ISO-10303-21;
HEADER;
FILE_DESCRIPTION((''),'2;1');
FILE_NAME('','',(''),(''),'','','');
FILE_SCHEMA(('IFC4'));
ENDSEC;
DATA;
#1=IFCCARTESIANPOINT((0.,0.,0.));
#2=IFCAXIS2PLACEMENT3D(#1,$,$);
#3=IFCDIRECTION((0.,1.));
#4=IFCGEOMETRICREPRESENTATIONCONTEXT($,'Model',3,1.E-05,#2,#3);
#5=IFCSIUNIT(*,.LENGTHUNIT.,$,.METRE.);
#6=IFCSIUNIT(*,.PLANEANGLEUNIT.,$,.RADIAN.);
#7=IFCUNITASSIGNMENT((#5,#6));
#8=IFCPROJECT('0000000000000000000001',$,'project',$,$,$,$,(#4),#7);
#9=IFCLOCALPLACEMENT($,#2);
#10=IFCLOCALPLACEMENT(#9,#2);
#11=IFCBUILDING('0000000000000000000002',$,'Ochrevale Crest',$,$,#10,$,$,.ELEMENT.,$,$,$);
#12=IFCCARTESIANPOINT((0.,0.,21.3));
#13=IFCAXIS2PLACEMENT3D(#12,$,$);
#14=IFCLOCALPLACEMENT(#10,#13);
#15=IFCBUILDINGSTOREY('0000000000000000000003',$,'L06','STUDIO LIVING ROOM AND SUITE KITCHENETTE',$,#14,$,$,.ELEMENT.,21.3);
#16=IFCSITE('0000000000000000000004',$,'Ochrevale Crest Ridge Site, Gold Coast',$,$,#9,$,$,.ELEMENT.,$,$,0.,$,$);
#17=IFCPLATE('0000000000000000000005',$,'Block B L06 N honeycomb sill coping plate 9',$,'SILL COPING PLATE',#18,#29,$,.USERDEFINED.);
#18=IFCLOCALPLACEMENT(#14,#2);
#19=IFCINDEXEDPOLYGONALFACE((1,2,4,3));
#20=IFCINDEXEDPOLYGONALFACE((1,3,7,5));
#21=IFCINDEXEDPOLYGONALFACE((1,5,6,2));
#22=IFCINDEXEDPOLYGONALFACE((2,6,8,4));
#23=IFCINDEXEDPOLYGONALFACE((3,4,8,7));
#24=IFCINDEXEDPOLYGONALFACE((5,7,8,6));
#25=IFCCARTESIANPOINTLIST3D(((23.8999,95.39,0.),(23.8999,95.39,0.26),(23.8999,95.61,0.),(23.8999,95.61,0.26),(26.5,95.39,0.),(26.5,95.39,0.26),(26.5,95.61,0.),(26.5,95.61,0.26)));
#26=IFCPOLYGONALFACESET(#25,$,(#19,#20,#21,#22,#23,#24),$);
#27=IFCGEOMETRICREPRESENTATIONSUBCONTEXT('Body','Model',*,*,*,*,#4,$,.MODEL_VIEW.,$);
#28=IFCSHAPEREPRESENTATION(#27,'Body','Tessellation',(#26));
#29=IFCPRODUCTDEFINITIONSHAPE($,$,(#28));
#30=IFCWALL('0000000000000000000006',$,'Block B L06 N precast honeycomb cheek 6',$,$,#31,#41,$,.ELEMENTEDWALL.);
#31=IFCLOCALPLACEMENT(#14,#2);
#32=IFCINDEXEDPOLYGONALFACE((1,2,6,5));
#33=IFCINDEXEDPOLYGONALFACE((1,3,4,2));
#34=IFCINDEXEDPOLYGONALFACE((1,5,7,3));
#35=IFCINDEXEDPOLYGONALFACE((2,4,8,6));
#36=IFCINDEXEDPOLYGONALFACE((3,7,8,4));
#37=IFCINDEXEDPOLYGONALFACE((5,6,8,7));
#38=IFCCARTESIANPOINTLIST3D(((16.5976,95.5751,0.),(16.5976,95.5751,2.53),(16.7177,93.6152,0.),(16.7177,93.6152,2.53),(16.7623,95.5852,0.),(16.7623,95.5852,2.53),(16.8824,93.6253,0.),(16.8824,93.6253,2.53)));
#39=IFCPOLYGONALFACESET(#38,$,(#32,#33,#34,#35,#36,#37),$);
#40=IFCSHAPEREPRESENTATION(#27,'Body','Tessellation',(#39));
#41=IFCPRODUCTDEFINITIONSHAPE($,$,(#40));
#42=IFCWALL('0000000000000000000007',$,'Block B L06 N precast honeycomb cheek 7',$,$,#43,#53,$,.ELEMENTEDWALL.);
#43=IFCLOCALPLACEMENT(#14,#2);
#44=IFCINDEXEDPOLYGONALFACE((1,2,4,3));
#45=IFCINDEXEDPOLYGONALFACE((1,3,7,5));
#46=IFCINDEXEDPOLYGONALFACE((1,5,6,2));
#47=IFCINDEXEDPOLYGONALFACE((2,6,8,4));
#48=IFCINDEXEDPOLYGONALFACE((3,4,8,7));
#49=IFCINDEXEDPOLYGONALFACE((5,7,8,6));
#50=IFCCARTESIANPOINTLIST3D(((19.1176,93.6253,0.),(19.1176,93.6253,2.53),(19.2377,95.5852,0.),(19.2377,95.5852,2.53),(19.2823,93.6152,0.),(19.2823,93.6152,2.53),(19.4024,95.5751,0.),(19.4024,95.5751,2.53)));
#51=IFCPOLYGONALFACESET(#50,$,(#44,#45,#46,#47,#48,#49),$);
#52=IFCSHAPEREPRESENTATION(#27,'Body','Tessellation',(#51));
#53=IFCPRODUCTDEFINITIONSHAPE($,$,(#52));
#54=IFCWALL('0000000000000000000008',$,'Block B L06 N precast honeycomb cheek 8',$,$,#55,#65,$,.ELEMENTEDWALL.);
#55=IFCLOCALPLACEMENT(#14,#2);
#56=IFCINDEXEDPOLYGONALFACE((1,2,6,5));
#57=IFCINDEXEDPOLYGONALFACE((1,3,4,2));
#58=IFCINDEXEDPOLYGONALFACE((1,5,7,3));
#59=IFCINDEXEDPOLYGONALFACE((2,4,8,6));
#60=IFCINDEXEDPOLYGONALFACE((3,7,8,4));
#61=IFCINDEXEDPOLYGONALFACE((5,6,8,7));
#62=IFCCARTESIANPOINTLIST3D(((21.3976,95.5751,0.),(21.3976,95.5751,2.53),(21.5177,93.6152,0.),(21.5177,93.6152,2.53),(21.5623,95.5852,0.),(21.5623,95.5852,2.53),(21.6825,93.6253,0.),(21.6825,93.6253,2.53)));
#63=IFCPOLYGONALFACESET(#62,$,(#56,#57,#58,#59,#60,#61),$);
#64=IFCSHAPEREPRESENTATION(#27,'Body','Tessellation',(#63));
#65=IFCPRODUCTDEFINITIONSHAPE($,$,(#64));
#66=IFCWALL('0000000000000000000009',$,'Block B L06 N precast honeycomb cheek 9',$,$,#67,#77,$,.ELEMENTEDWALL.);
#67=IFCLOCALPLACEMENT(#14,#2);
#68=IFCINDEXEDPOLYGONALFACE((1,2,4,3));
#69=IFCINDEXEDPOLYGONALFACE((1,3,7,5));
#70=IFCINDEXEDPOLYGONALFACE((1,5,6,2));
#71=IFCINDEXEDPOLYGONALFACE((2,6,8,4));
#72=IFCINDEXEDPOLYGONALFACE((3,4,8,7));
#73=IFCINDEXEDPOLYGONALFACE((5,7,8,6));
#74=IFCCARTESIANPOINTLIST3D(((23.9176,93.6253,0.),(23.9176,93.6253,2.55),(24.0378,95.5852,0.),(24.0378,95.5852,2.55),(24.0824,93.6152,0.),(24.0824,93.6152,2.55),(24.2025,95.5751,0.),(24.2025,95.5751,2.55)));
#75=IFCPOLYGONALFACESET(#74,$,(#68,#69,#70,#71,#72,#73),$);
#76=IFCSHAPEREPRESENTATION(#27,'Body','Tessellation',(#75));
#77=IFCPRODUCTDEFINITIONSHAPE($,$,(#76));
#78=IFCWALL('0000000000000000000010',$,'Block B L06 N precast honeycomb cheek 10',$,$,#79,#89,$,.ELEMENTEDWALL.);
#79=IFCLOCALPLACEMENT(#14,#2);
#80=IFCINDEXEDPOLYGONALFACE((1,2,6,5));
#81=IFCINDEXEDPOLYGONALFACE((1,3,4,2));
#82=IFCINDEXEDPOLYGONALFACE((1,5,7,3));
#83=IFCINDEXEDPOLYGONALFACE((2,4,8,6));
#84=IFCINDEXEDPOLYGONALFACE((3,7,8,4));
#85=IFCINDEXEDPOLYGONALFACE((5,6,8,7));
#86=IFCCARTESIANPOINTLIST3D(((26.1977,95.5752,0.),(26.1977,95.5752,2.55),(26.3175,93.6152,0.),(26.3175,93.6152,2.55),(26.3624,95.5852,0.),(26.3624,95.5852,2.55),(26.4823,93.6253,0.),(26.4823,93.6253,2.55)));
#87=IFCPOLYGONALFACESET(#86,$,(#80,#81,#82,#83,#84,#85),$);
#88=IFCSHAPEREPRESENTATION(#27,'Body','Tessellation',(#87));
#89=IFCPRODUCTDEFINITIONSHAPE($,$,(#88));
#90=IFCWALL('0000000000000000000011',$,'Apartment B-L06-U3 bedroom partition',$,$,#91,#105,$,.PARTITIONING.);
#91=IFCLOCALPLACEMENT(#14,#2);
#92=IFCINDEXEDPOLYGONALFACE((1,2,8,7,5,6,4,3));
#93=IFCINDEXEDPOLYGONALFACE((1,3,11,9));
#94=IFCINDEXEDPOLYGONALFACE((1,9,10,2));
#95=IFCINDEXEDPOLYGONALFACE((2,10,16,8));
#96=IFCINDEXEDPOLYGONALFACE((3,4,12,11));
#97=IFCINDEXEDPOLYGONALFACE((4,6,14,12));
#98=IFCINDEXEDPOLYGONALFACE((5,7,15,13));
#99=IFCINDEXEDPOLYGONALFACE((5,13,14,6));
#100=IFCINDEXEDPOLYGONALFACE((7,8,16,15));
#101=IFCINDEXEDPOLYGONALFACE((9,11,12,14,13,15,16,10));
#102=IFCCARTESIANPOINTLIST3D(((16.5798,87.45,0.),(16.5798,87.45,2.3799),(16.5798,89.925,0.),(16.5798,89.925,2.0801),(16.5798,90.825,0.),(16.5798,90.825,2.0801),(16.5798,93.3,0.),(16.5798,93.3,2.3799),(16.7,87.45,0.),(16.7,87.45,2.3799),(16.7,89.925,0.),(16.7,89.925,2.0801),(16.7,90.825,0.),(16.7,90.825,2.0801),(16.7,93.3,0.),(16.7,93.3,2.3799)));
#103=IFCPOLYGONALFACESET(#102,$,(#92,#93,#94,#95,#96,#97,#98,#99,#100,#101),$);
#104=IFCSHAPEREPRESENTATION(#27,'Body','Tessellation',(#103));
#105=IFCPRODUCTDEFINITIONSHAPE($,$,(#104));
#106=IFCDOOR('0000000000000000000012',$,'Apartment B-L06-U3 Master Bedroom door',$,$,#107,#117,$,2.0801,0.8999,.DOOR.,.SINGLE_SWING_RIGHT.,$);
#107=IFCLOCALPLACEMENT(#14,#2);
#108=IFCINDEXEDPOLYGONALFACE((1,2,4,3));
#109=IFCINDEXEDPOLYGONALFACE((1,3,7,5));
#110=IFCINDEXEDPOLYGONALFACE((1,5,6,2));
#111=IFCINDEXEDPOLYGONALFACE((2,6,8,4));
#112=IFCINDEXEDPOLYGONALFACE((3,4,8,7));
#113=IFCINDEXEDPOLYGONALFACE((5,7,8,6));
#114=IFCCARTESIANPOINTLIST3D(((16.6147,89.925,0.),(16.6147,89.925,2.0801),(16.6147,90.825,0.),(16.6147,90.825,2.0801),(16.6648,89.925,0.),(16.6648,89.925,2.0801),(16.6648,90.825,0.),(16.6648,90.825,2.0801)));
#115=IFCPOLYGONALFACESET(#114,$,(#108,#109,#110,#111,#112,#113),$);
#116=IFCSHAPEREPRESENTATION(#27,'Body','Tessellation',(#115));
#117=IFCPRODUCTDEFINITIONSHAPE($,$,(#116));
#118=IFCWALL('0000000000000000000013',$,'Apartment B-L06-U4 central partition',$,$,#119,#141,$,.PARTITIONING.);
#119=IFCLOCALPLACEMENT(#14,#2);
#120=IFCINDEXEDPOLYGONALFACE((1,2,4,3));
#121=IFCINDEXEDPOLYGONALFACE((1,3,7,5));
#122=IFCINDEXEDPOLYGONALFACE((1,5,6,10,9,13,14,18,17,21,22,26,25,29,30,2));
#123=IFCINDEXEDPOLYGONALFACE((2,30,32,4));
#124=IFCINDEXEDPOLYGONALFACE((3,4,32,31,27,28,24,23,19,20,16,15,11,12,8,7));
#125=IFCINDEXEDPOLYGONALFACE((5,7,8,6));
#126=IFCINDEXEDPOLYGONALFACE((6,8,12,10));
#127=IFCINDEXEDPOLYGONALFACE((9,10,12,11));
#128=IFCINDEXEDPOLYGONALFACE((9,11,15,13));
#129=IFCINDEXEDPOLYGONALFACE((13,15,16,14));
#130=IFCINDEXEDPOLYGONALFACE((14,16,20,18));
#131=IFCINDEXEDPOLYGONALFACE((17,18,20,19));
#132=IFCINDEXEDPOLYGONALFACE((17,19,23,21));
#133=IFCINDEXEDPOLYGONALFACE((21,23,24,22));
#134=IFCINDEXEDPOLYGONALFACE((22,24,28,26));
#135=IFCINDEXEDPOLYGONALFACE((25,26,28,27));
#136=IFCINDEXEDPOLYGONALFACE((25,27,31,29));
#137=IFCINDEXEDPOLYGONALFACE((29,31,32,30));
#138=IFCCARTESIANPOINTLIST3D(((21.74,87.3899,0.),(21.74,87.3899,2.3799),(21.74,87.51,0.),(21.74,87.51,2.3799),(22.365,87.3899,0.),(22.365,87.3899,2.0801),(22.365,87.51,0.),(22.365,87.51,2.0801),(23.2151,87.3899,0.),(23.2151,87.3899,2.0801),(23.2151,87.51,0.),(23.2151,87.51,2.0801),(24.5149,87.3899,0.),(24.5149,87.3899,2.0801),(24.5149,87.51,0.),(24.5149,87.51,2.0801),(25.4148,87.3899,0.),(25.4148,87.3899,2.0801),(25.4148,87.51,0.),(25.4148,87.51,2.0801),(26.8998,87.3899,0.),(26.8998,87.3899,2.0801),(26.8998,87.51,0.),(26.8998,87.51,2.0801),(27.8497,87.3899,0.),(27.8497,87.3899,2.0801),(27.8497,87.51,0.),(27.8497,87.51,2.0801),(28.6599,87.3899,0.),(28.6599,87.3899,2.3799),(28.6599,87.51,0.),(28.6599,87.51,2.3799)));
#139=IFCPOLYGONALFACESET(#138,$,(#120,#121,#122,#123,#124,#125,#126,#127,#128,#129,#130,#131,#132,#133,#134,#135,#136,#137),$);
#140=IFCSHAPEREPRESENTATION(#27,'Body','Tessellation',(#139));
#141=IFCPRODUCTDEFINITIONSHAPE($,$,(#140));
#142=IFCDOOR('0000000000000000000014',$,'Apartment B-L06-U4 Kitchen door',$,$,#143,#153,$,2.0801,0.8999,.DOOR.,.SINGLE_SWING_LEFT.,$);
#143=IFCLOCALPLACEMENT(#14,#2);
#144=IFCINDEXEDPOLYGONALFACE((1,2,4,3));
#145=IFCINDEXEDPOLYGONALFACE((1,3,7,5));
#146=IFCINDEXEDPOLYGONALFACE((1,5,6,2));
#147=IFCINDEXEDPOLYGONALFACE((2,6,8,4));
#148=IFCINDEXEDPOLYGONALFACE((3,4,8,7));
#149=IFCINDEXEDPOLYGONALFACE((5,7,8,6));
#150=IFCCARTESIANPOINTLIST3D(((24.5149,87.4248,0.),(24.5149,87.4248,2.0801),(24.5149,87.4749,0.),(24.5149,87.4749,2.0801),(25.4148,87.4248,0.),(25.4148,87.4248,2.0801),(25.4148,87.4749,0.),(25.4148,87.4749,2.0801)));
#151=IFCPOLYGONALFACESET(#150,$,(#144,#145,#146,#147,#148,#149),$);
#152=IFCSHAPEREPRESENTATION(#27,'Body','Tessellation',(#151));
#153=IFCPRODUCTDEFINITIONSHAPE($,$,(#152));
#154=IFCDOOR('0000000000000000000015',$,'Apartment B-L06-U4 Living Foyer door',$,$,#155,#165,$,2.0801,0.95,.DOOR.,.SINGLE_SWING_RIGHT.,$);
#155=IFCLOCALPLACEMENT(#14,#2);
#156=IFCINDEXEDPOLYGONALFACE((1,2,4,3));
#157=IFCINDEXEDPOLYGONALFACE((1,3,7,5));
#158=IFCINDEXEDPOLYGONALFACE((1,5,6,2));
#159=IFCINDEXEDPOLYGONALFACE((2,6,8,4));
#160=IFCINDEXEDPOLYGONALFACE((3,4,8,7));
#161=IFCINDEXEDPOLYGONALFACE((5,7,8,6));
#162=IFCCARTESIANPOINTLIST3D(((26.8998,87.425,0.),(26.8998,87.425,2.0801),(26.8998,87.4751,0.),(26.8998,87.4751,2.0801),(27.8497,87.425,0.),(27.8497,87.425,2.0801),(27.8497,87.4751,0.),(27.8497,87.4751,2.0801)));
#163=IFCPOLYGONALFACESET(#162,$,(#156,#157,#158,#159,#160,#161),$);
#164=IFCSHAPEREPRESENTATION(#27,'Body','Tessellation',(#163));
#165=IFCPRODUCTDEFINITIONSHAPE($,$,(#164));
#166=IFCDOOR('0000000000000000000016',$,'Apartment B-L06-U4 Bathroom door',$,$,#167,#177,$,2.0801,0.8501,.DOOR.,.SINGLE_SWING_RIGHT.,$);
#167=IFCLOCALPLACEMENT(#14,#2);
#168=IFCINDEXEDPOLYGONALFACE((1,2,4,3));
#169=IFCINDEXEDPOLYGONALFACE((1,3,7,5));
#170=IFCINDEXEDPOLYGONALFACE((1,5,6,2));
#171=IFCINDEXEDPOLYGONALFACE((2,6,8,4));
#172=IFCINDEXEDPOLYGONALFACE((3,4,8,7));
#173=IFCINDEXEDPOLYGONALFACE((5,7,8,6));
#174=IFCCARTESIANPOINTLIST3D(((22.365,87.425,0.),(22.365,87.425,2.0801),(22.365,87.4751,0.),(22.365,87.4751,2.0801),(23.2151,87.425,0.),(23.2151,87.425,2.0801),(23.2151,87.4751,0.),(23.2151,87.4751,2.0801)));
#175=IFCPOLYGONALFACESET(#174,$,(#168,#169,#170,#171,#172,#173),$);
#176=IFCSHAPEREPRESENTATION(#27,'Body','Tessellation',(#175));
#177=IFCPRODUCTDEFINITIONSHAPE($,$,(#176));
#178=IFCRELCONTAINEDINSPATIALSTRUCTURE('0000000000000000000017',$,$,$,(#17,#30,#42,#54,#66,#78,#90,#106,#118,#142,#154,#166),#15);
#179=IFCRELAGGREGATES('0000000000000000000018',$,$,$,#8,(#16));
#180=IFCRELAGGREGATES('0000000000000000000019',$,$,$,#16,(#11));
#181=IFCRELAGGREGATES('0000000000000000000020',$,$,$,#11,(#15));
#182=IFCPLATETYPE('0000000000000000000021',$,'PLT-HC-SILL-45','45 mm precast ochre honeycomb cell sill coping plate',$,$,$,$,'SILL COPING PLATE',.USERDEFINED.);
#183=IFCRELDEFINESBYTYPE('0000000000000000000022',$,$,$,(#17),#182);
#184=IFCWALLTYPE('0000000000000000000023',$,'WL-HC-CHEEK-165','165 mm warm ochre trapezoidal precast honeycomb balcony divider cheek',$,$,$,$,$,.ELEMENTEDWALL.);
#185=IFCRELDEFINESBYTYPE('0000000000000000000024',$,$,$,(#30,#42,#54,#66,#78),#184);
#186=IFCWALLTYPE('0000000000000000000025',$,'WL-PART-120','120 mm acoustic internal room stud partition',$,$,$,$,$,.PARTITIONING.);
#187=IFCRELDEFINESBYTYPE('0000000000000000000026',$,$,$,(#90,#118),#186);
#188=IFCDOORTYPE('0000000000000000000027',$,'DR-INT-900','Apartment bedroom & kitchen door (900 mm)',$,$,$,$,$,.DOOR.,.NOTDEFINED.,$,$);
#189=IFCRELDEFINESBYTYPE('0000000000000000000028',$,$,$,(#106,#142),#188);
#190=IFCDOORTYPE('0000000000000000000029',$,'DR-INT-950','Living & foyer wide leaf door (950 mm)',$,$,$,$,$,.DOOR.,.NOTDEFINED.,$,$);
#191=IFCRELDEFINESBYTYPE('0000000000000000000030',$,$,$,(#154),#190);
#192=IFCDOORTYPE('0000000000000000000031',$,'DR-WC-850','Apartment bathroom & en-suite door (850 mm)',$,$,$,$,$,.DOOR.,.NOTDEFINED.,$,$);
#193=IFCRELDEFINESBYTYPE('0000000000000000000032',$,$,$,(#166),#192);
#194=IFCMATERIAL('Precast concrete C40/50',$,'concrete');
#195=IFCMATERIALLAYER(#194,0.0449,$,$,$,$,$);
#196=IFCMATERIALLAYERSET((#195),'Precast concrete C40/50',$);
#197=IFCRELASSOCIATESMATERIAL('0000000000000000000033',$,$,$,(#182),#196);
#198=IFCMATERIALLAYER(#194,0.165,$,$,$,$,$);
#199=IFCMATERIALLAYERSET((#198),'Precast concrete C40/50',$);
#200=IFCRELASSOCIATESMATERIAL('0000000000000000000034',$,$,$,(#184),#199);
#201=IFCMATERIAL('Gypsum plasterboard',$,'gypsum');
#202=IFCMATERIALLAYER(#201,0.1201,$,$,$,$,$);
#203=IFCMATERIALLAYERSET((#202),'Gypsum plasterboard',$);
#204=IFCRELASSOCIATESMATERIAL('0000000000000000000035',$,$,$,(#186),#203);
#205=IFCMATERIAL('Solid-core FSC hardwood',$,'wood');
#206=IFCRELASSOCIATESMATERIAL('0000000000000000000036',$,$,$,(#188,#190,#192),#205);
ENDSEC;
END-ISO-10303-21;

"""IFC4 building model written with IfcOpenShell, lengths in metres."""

from ifc_helpers import new_model, si_unit, direction, frame, frame_2d, origin, origin_2d, place, context, subcontext, project, spatial, rectangle, extrude, material, layer, layer_set, type_object, element, fill, save


model = new_model("IFC4")

# Units and contexts
model_context = context("Model", 3, precision=1e-05, world=origin(), true_north=direction((0.0, 1.0)))
body_context = subcontext(model_context, "Body", "Model", "MODEL_VIEW")
ifc_project = project(units=[si_unit("LENGTHUNIT", "METRE"), si_unit("PLANEANGLEUNIT", "RADIAN")], contexts=[model_context])

# Site, building, storey
site_placement = place(None, origin())
site = spatial("IfcSite", under=ifc_project, at=site_placement, Name="Ochrevale Crest Ridge Site, Gold Coast", CompositionType="ELEMENT", RefElevation=0.0)
building_placement = place(site_placement, origin())
building = spatial("IfcBuilding", under=site, at=building_placement, Name="Ochrevale Crest", CompositionType="ELEMENT")
storey_placement = place(building_placement, frame((0.0, 0.0, 21.3)))
storey = spatial("IfcBuildingStorey", under=building, at=storey_placement, Name="L06", Description="STUDIO LIVING ROOM AND SUITE KITCHENETTE", CompositionType="ELEMENT", Elevation=21.3)

# Shared definitions
ifc_material_1 = material(Name="Precast concrete C40/50", Category="concrete")

# Plate
ifc_layer_1 = layer(ifc_material_1, 0.0449)
ifc_layer_set_1 = layer_set([ifc_layer_1], Name="Precast concrete C40/50")
plate_type_1 = type_object("IfcPlateType", Name="PLT-HC-SILL-45", Description="45 mm precast ochre honeycomb cell sill coping plate", ElementType="SILL COPING PLATE", PredefinedType="USERDEFINED", material=ifc_layer_set_1)
for number, where, z_axis, x_axis, name in (
    (1, (25.2, 95.5, 0.0), (0.0, 0.0, 1.0), (1.0, 0.0, 0.0), "Block B L06 N honeycomb sill coping plate 9"),
):
    element("IfcPlate", number, at=place(storey_placement, frame(where, z_axis=z_axis, x_axis=x_axis)), inside=storey, type_object=plate_type_1, Name=name, ObjectType="SILL COPING PLATE", PredefinedType="USERDEFINED", context=body_context, shape_type="SweptSolid", body=[
        extrude(rectangle(XDim=2.6001, YDim=0.22, at=origin_2d()), origin(), (0.0, 0.0, 1.0), 0.26),
    ])

# Walls
ifc_layer_2 = layer(ifc_material_1, 0.165)
ifc_layer_set_2 = layer_set([ifc_layer_2], Name="Precast concrete C40/50")
wall_type_1 = type_object("IfcWallType", Name="WL-HC-CHEEK-165", Description="165 mm warm ochre trapezoidal precast honeycomb balcony divider cheek", PredefinedType="ELEMENTEDWALL", material=ifc_layer_set_2)
for number, where, z_axis, x_axis, name in (
    (2, (16.8, 93.6201, 0.0), (0.0, 0.0, 1.0), (-0.061171, 0.998127, 0.0), "Block B L06 N precast honeycomb cheek 6"),
    (3, (19.2, 93.6201, 0.0), (0.0, 0.0, 1.0), (0.061171, 0.998127, 0.0), "Block B L06 N precast honeycomb cheek 7"),
    (4, (21.6001, 93.6201, 0.0), (0.0, 0.0, 1.0), (-0.061171, 0.998127, 0.0), "Block B L06 N precast honeycomb cheek 8"),
):
    element("IfcWall", number, at=place(storey_placement, frame(where, z_axis=z_axis, x_axis=x_axis)), inside=storey, type_object=wall_type_1, Name=name, PredefinedType="ELEMENTEDWALL", context=body_context, shape_type="SweptSolid", body=[
        extrude(rectangle(XDim=1.9636, YDim=0.165, at=frame_2d((0.9819, 0.0))), origin(), (0.0, 0.0, 1.0), 2.53),
    ])
for number, where, z_axis, x_axis, name in (
    (5, (24.0, 93.6201, 0.0), (0.0, 0.0, 1.0), (0.061171, 0.998127, 0.0), "Block B L06 N precast honeycomb cheek 9"),
    (6, (26.3999, 93.6201, 0.0), (0.0, 0.0, 1.0), (-0.061047, 0.998135, 0.0), "Block B L06 N precast honeycomb cheek 10"),
):
    element("IfcWall", number, at=place(storey_placement, frame(where, z_axis=z_axis, x_axis=x_axis)), inside=storey, type_object=wall_type_1, Name=name, PredefinedType="ELEMENTEDWALL", context=body_context, shape_type="SweptSolid", body=[
        extrude(rectangle(XDim=1.9636, YDim=0.165, at=frame_2d((0.9819, 0.0))), origin(), (0.0, 0.0, 1.0), 2.55),
    ])

# Wall, opening, door
ifc_material_2 = material(Name="Gypsum plasterboard", Category="gypsum")
ifc_layer_3 = layer(ifc_material_2, 0.1201)
ifc_layer_set_3 = layer_set([ifc_layer_3], Name="Gypsum plasterboard")
wall_type_2 = type_object("IfcWallType", Name="WL-PART-120", Description="120 mm acoustic internal room stud partition", PredefinedType="PARTITIONING", material=ifc_layer_set_3)
wall_1_placement = place(storey_placement, frame((16.6399, 87.45, 0.0), z_axis=(0.0, 0.0, 1.0), x_axis=(0.0, 1.0, 0.0)))
wall_1 = element("IfcWall", 7, at=wall_1_placement, inside=storey, type_object=wall_type_2, Name="Apartment B-L06-U3 bedroom partition", PredefinedType="PARTITIONING", context=body_context, shape_type="SweptSolid", body=[
    extrude(rectangle(XDim=5.8501, YDim=0.1201, at=frame_2d((2.925, 0.0))), origin(), (0.0, 0.0, 1.0), 2.3799),
])
opening_1_placement = place(wall_1_placement, frame((3.375, 0.0, 0.0), z_axis=(0.0, 0.0, 1.0), x_axis=(-1.0, 0.0, 0.0)))
opening_1 = element("IfcOpeningElement", 8, at=opening_1_placement, cuts=wall_1, PredefinedType="OPENING", context=body_context, shape_type="SweptSolid", body=[
    extrude(rectangle(XDim=0.8999, YDim=2.0801, at=frame_2d((0.45, 1.04))), frame((0.0, 0.0701, 0.0), z_axis=(0.0, -1.0, 0.0), x_axis=(1.0, 0.0, 0.0)), (0.0, 0.0, 1.0), 0.1401),
])
ifc_material_3 = material(Name="Solid-core FSC hardwood", Category="wood")
door_type_1 = type_object("IfcDoorType", Name="DR-INT-900", Description="Apartment bedroom & kitchen door (900 mm)", OperationType="NOTDEFINED", PredefinedType="DOOR", material=ifc_material_3)
door_1_placement = place(opening_1_placement, origin())
door_1 = element("IfcDoor", 9, at=door_1_placement, inside=storey, type_object=door_type_1, Name="Apartment B-L06-U3 Master Bedroom door", OperationType="SINGLE_SWING_RIGHT", OverallHeight=2.0801, OverallWidth=0.8999, PredefinedType="DOOR", context=body_context, shape_type="SweptSolid", body=[
    extrude(rectangle(XDim=0.8999, YDim=2.0801, at=frame_2d((0.45, 1.04))), frame((0.0, 0.0249, 0.0), z_axis=(0.0, -1.0, 0.0), x_axis=(1.0, 0.0, 0.0)), (0.0, 0.0, 1.0), 0.05),
])
fill(opening_1, door_1)

# Wall, openings, doors
wall_2_placement = place(storey_placement, frame((21.74, 87.45, 0.0), z_axis=(0.0, 0.0, 1.0), x_axis=(1.0, 0.0, 0.0)))
wall_2 = element("IfcWall", 10, at=wall_2_placement, inside=storey, type_object=wall_type_2, Name="Apartment B-L06-U4 central partition", PredefinedType="PARTITIONING", context=body_context, shape_type="SweptSolid", body=[
    extrude(rectangle(XDim=6.9199, YDim=0.1201, at=frame_2d((3.46, 0.0))), origin(), (0.0, 0.0, 1.0), 2.3799),
])
opening_2_placement = place(wall_2_placement, frame((1.4751, 0.0, 0.0), z_axis=(0.0, 0.0, 1.0), x_axis=(-1.0, 0.0, 0.0)))
opening_2 = element("IfcOpeningElement", 11, at=opening_2_placement, cuts=wall_2, PredefinedType="OPENING", context=body_context, shape_type="SweptSolid", body=[
    extrude(rectangle(XDim=0.8501, YDim=2.0801, at=frame_2d((0.425, 1.04))), frame((0.0, 0.0701, 0.0), z_axis=(0.0, -1.0, 0.0), x_axis=(1.0, 0.0, 0.0)), (0.0, 0.0, 1.0), 0.1401),
])
opening_3_placement = place(wall_2_placement, frame((2.7749, 0.0, 0.0)))
opening_3 = element("IfcOpeningElement", 12, at=opening_3_placement, cuts=wall_2, PredefinedType="OPENING", context=body_context, shape_type="SweptSolid", body=[
    extrude(rectangle(XDim=0.8999, YDim=2.0801, at=frame_2d((0.45, 1.04))), frame((0.0, 0.0701, 0.0), z_axis=(0.0, -1.0, 0.0), x_axis=(1.0, 0.0, 0.0)), (0.0, 0.0, 1.0), 0.1401),
])
opening_4_placement = place(wall_2_placement, frame((6.1099, 0.0, 0.0), z_axis=(0.0, 0.0, 1.0), x_axis=(-1.0, 0.0, 0.0)))
opening_4 = element("IfcOpeningElement", 13, at=opening_4_placement, cuts=wall_2, PredefinedType="OPENING", context=body_context, shape_type="SweptSolid", body=[
    extrude(rectangle(XDim=0.95, YDim=2.0801, at=frame_2d((0.4751, 1.04))), frame((0.0, 0.0701, 0.0), z_axis=(0.0, -1.0, 0.0), x_axis=(1.0, 0.0, 0.0)), (0.0, 0.0, 1.0), 0.1401),
])
door_2_placement = place(opening_3_placement, origin())
door_2 = element("IfcDoor", 14, at=door_2_placement, inside=storey, type_object=door_type_1, Name="Apartment B-L06-U4 Kitchen door", OperationType="SINGLE_SWING_LEFT", OverallHeight=2.0801, OverallWidth=0.8999, PredefinedType="DOOR", context=body_context, shape_type="SweptSolid", body=[
    extrude(rectangle(XDim=0.8999, YDim=2.0801, at=frame_2d((0.45, 1.04))), frame((0.0, 0.0249, 0.0), z_axis=(0.0, -1.0, 0.0), x_axis=(1.0, 0.0, 0.0)), (0.0, 0.0, 1.0), 0.05),
])
fill(opening_3, door_2)
door_type_2 = type_object("IfcDoorType", Name="DR-INT-950", Description="Living & foyer wide leaf door (950 mm)", OperationType="NOTDEFINED", PredefinedType="DOOR", material=ifc_material_3)
door_3_placement = place(opening_4_placement, origin())
door_3 = element("IfcDoor", 15, at=door_3_placement, inside=storey, type_object=door_type_2, Name="Apartment B-L06-U4 Living Foyer door", OperationType="SINGLE_SWING_RIGHT", OverallHeight=2.0801, OverallWidth=0.95, PredefinedType="DOOR", context=body_context, shape_type="SweptSolid", body=[
    extrude(rectangle(XDim=0.95, YDim=2.0801, at=frame_2d((0.4751, 1.04))), frame((0.0, 0.0249, 0.0), z_axis=(0.0, -1.0, 0.0), x_axis=(1.0, 0.0, 0.0)), (0.0, 0.0, 1.0), 0.05),
])
fill(opening_4, door_3)
door_type_3 = type_object("IfcDoorType", Name="DR-WC-850", Description="Apartment bathroom & en-suite door (850 mm)", OperationType="NOTDEFINED", PredefinedType="DOOR", material=ifc_material_3)
door_4_placement = place(opening_2_placement, origin())
door_4 = element("IfcDoor", 16, at=door_4_placement, inside=storey, type_object=door_type_3, Name="Apartment B-L06-U4 Bathroom door", OperationType="SINGLE_SWING_RIGHT", OverallHeight=2.0801, OverallWidth=0.8501, PredefinedType="DOOR", context=body_context, shape_type="SweptSolid", body=[
    extrude(rectangle(XDim=0.8501, YDim=2.0801, at=frame_2d((0.425, 1.04))), frame((0.0, 0.0249, 0.0), z_axis=(0.0, -1.0, 0.0), x_axis=(1.0, 0.0, 0.0)), (0.0, 0.0, 1.0), 0.05),
])
fill(opening_2, door_4)

save(model, "model.ifc")
